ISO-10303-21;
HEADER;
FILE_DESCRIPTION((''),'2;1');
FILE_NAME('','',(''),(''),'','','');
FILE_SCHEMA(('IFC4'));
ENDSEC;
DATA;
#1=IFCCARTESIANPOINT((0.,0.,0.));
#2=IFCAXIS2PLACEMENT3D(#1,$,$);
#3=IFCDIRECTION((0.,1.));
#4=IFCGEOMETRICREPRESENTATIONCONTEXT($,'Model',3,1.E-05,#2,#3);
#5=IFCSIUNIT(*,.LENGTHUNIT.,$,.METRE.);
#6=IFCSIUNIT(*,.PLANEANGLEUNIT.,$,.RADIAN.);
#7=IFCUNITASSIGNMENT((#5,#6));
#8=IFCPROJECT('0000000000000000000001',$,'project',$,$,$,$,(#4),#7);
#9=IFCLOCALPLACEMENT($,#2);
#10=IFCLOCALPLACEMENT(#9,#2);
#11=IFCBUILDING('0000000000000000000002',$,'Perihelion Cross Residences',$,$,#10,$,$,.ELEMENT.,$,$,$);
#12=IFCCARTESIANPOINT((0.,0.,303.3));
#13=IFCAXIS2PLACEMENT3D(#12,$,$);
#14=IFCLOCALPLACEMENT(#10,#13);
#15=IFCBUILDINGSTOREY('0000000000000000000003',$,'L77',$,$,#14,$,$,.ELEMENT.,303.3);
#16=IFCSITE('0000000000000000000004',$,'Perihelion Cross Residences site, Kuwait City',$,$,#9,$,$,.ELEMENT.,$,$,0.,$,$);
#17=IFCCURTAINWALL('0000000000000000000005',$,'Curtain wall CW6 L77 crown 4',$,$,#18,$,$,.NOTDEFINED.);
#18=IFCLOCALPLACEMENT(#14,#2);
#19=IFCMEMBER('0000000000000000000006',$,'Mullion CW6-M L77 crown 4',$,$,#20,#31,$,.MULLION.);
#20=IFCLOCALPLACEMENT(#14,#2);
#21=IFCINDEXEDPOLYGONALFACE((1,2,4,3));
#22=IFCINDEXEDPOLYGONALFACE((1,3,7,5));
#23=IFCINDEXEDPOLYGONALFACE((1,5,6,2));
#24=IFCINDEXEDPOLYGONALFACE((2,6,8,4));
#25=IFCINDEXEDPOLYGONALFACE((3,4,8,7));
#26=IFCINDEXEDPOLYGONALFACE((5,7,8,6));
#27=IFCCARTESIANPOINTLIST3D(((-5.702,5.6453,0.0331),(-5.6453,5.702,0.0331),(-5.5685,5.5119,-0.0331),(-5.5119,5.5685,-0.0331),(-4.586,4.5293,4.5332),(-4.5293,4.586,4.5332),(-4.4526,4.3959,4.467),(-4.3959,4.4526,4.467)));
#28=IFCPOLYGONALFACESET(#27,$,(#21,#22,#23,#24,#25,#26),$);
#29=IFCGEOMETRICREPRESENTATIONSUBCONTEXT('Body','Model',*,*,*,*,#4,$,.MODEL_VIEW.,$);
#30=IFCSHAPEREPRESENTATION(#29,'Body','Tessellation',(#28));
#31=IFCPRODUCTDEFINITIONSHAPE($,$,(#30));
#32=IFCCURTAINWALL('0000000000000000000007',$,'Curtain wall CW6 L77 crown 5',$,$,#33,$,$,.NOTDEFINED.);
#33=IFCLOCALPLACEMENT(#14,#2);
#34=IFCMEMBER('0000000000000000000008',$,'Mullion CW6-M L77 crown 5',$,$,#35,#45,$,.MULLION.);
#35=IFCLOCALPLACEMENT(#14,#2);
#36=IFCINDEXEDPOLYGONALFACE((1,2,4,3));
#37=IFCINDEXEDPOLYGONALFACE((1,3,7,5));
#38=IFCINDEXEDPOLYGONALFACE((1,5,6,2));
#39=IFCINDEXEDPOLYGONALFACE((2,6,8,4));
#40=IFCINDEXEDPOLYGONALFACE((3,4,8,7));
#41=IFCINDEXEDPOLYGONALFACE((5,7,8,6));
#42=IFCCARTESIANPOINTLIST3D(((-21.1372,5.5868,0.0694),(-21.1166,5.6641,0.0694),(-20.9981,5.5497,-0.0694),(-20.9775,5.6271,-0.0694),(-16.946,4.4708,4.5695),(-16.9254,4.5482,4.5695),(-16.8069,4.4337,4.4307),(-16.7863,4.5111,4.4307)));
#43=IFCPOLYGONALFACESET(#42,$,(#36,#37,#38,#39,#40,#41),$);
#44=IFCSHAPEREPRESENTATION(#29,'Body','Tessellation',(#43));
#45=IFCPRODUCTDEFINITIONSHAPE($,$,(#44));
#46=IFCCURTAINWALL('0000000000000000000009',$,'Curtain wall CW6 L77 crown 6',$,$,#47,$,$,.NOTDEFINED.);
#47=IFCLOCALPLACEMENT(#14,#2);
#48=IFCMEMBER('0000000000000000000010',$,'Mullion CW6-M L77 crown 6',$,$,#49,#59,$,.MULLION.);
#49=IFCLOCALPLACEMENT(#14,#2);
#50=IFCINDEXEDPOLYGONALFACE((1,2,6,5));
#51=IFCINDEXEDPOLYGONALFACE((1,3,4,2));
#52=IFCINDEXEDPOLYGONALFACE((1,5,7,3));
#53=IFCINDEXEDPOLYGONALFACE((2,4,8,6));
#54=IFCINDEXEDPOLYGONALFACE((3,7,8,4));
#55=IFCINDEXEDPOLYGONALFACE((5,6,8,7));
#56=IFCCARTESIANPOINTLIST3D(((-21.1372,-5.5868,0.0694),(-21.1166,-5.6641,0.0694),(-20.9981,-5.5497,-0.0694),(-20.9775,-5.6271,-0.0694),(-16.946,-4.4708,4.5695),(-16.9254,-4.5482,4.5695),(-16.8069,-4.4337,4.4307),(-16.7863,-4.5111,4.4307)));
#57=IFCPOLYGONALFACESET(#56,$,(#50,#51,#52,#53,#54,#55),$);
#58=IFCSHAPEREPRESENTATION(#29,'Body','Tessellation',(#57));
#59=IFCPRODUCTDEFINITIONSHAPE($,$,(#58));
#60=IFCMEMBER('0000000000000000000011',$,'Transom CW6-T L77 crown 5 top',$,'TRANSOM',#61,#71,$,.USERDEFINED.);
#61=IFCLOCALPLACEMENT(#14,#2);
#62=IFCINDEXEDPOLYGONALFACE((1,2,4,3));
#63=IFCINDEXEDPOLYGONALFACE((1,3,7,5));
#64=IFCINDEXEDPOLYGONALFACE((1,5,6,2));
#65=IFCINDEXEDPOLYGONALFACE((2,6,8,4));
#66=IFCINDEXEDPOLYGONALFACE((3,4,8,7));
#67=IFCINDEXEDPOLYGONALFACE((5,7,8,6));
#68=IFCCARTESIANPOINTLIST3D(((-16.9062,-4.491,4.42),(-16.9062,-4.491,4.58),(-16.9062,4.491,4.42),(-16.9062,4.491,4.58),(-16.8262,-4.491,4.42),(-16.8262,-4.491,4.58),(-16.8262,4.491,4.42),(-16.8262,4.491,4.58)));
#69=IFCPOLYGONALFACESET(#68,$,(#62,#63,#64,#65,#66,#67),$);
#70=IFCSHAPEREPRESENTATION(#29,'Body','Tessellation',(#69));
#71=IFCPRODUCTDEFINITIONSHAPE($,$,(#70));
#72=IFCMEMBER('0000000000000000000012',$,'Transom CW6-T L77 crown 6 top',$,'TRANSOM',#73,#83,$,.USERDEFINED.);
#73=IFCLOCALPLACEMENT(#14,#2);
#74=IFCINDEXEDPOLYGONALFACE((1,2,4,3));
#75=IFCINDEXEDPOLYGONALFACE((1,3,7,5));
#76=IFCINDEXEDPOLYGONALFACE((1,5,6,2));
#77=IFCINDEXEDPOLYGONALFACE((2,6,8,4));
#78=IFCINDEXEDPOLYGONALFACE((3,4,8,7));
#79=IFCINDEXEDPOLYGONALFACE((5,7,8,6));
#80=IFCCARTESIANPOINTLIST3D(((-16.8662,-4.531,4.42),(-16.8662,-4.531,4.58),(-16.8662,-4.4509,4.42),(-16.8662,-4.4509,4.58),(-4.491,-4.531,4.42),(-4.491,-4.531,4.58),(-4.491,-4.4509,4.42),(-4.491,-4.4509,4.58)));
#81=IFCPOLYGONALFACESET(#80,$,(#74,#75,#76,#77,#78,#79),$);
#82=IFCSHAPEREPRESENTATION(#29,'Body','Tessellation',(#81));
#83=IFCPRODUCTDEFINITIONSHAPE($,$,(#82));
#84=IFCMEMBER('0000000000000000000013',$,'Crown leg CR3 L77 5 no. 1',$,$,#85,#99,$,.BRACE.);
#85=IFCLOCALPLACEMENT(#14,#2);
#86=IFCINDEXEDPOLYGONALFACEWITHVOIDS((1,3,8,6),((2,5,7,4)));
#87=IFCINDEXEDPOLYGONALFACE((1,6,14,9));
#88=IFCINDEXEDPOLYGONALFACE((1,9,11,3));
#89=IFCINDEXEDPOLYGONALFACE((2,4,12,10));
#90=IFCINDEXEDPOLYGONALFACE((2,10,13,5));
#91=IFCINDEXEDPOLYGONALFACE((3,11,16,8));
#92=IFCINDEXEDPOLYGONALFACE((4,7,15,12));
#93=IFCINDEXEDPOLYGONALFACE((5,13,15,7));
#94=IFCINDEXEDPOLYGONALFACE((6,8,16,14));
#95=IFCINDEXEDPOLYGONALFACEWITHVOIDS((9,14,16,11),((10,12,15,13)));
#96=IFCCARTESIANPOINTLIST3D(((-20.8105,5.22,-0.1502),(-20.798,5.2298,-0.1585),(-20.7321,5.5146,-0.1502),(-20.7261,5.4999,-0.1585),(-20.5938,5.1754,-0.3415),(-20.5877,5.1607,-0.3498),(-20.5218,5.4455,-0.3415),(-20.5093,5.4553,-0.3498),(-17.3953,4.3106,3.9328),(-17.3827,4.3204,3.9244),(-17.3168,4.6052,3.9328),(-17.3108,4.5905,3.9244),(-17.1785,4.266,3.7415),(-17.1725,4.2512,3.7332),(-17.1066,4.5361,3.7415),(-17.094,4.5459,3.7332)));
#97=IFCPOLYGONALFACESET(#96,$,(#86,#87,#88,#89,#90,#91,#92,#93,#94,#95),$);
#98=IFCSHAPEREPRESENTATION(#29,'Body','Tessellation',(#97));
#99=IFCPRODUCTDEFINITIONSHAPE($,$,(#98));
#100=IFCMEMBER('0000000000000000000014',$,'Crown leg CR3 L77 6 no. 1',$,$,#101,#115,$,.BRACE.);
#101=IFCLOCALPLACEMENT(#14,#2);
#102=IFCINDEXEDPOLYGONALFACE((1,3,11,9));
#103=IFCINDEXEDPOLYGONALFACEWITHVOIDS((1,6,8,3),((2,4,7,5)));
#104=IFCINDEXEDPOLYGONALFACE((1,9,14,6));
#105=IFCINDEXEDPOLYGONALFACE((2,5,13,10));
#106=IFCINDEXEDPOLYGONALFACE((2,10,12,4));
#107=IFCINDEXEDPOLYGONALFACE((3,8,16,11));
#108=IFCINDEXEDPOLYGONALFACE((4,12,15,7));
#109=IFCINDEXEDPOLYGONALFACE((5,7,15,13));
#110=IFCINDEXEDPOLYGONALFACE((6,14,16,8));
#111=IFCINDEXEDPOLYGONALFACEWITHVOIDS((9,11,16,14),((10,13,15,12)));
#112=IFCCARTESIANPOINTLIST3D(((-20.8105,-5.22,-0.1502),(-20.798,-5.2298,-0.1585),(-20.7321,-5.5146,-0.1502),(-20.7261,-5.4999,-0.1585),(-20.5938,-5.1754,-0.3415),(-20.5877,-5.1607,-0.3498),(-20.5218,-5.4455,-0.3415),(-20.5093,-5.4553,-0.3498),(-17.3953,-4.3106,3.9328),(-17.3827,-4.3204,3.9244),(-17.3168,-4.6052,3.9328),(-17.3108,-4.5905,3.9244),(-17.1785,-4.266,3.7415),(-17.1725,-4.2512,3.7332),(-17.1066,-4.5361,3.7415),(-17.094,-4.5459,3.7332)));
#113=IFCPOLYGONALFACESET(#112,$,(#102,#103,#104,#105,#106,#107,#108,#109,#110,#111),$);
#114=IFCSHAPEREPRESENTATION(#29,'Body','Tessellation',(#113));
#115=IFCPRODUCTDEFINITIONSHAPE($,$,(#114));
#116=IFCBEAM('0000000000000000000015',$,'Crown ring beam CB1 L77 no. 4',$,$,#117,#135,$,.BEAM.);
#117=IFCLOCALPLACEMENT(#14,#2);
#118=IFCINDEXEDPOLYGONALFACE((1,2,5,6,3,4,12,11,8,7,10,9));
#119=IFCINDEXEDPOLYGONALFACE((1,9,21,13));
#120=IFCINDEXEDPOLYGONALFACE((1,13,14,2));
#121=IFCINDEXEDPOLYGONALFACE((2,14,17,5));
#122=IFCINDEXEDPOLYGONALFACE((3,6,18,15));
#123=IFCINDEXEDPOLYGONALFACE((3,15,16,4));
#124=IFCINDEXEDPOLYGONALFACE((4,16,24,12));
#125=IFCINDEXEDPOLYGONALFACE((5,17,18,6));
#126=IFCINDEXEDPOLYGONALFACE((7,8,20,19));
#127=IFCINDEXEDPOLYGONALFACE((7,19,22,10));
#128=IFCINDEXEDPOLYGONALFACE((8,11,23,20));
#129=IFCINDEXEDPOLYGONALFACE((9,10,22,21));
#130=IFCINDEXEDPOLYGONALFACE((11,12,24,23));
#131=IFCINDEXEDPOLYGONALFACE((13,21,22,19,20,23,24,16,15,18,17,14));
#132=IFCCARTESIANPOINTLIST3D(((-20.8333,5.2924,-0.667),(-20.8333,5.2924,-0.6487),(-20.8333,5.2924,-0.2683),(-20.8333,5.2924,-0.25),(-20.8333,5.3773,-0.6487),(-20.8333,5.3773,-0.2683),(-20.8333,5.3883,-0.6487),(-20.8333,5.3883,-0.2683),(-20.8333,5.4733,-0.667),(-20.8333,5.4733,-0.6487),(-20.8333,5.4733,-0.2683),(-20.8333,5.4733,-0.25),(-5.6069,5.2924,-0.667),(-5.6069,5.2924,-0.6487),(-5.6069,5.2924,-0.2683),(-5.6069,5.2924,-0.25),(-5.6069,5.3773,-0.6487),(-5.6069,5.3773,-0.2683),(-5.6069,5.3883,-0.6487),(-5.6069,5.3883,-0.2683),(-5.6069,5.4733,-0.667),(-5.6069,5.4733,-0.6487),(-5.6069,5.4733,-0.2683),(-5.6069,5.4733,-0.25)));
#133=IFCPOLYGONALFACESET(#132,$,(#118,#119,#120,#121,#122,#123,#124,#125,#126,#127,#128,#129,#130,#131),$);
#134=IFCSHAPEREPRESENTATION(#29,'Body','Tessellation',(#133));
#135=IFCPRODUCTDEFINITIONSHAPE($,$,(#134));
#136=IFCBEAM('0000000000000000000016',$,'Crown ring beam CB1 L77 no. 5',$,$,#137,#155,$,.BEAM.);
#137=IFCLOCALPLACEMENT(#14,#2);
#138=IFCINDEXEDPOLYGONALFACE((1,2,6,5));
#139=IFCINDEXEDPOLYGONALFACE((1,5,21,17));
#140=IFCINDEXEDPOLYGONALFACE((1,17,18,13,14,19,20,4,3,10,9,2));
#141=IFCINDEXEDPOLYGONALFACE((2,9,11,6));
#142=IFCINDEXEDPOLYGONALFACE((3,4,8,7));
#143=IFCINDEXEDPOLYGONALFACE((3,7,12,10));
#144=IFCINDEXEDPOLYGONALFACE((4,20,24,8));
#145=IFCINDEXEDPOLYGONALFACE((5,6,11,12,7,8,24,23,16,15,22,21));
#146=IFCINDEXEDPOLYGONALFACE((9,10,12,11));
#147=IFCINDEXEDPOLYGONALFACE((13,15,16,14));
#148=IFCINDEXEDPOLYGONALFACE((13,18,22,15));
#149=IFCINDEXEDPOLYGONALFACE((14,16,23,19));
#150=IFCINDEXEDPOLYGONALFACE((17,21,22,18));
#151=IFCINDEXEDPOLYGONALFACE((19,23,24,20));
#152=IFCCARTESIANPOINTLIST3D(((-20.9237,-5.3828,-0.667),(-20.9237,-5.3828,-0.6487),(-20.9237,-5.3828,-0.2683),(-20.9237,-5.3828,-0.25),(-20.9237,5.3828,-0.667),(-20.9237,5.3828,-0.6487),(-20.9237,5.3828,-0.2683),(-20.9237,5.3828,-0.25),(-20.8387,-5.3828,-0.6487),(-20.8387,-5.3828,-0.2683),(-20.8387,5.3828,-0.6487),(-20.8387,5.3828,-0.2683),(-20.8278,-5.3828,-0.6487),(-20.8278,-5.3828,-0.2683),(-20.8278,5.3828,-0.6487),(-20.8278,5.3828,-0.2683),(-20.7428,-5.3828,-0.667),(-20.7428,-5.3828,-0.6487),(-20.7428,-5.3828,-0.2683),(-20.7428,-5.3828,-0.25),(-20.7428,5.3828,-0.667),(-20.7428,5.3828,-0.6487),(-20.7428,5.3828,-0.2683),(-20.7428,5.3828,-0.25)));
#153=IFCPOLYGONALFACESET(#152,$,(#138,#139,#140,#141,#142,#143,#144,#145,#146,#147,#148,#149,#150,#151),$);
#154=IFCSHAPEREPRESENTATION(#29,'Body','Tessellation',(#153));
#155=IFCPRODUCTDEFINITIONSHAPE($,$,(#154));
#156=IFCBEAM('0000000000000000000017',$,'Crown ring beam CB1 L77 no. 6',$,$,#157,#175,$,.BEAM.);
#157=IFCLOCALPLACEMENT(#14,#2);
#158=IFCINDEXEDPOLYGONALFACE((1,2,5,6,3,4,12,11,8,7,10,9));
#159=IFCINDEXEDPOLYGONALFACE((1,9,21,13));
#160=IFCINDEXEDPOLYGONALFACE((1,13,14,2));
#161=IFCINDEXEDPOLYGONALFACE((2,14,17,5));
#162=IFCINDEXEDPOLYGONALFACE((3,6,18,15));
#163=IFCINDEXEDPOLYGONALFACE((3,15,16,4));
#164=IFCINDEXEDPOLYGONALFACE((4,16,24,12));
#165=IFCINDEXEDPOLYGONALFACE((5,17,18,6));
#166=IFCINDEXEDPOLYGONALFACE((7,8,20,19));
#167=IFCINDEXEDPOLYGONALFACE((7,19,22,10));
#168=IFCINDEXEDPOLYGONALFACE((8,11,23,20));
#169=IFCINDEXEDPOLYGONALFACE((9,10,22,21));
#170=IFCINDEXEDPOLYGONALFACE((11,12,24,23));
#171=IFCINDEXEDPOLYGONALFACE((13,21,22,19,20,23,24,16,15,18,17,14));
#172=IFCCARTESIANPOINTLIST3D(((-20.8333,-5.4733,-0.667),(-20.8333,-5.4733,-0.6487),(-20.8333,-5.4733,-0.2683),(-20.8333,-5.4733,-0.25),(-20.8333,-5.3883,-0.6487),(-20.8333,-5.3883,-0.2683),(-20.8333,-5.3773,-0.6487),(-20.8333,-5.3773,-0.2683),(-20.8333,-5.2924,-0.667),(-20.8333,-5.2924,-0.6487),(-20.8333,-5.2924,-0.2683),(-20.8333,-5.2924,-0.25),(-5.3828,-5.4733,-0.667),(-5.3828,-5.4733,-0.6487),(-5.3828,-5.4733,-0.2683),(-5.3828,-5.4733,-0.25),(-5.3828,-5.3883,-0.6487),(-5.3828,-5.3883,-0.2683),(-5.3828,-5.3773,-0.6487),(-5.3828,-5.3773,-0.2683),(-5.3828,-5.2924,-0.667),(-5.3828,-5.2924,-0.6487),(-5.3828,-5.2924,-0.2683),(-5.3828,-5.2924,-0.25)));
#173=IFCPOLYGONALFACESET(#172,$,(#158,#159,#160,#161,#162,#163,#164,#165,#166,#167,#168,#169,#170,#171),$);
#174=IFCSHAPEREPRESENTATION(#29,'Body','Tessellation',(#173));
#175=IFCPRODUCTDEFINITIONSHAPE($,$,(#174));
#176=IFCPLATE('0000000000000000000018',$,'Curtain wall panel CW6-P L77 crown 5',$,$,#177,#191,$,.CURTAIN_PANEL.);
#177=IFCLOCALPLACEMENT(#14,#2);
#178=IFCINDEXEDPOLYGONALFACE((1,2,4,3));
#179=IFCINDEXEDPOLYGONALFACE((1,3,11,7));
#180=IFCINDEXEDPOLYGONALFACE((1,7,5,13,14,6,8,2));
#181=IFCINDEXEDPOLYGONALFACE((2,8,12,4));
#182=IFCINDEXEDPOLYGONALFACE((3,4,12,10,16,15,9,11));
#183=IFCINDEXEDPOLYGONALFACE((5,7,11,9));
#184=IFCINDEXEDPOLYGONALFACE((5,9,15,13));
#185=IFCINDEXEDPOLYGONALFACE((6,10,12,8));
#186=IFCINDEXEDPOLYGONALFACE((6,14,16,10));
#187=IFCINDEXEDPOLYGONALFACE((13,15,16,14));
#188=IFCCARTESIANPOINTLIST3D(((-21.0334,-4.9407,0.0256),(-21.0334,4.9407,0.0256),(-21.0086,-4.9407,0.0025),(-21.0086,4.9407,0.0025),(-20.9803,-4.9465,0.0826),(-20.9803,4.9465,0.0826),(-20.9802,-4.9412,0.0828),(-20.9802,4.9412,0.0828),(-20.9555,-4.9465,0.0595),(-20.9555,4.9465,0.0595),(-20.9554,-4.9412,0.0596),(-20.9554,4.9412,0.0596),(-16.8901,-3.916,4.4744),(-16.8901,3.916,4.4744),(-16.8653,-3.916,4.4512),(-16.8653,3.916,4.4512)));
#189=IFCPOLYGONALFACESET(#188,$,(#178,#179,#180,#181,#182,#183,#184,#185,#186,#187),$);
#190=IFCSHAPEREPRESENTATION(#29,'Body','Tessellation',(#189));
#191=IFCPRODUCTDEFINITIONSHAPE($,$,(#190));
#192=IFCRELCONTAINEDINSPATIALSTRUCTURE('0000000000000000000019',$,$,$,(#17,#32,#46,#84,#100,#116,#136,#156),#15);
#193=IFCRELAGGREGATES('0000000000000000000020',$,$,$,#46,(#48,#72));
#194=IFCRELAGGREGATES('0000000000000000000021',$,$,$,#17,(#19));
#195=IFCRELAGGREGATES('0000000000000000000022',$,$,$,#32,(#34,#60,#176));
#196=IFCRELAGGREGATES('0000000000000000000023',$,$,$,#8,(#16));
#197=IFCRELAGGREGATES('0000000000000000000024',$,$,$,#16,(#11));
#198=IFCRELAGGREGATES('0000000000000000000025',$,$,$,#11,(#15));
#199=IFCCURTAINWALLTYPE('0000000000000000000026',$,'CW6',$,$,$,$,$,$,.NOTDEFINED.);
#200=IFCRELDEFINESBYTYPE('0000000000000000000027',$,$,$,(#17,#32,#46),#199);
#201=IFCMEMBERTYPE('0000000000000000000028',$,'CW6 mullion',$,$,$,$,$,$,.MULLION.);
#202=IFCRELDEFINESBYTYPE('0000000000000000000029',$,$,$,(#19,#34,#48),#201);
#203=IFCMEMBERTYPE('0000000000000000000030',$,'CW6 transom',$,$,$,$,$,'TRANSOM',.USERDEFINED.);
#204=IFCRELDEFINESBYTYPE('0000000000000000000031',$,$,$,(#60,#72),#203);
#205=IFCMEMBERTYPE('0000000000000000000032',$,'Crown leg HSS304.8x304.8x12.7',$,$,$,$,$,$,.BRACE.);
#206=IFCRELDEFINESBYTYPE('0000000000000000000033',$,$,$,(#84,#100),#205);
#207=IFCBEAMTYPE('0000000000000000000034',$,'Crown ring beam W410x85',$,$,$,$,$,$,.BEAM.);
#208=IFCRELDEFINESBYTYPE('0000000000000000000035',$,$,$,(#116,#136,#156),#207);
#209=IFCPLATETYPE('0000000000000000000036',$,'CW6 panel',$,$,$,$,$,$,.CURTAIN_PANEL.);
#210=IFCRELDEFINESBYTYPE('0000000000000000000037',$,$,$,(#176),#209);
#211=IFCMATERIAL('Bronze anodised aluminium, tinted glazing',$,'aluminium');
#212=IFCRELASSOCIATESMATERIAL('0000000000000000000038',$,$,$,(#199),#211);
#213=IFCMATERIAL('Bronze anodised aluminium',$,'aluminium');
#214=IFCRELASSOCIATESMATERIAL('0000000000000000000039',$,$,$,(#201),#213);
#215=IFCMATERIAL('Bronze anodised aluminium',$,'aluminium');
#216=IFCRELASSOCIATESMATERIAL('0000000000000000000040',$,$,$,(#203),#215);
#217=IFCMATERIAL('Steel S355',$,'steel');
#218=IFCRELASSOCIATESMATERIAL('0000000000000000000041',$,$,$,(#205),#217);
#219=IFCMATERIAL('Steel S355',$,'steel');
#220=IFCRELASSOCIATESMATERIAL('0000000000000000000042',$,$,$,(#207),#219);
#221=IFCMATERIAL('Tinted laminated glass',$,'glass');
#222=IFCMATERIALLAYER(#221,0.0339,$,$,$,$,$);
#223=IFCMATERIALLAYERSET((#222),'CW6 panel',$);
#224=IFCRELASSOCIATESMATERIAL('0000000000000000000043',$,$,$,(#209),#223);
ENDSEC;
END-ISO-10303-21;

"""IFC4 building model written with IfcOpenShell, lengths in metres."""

from ifc_helpers import new_model, si_unit, direction, frame, origin, origin_2d, place, context, subcontext, project, spatial, polyline, rectangle, hollow_rectangle, i_section, outline, extrude, material, layer, layer_set, material_profile, profile_set, type_object, element, aggregate, save


model = new_model("IFC4")

# Units and contexts
model_context = context("Model", 3, precision=1e-05, world=origin(), true_north=direction((0.0, 1.0)))
body_context = subcontext(model_context, "Body", "Model", "MODEL_VIEW")
ifc_project = project(units=[si_unit("LENGTHUNIT", "METRE"), si_unit("PLANEANGLEUNIT", "RADIAN")], contexts=[model_context])

# Site, building, storey
site_placement = place(None, origin())
site = spatial("IfcSite", under=ifc_project, at=site_placement, Name="Perihelion Cross Residences site, Kuwait City", CompositionType="ELEMENT", RefElevation=0.0)
building_placement = place(site_placement, origin())
building = spatial("IfcBuilding", under=site, at=building_placement, Name="Perihelion Cross Residences", CompositionType="ELEMENT")
storey_placement = place(building_placement, frame((0.0, 0.0, 303.3)))
storey = spatial("IfcBuildingStorey", under=building, at=storey_placement, Name="L77", CompositionType="ELEMENT", Elevation=303.3)

# Curtain walls, members
ifc_material_1 = material(Name="Bronze anodised aluminium, tinted glazing", Category="aluminium")
curtain_wall_type = type_object("IfcCurtainWallType", Name="CW6", PredefinedType="NOTDEFINED", material=ifc_material_1)
curtain_wall_1_placement = place(storey_placement, origin())
curtain_wall_1 = element("IfcCurtainWall", 1, at=curtain_wall_1_placement, inside=storey, type_object=curtain_wall_type, Name="Curtain wall CW6 L77 crown 4", PredefinedType="NOTDEFINED")
ifc_material_2 = material(Name="Bronze anodised aluminium", Category="aluminium")
ifc_material_profile_1 = material_profile(ifc_material_2, rectangle(XDim=0.0801, YDim=0.2, at=origin_2d()), Name="CW6 mullion")
ifc_profile_set_1 = profile_set([ifc_material_profile_1], Name="Bronze anodised aluminium")
member_type_1 = type_object("IfcMemberType", Name="CW6 mullion", PredefinedType="MULLION", material=ifc_profile_set_1)
member_1_placement = place(storey_placement, frame((-5.6069, 5.6069, 0.0), z_axis=(0.234018, -0.234018, 0.943648), x_axis=(0.707107, 0.707107, 0.0)))
member_1 = element("IfcMember", 2, at=member_1_placement, type_object=member_type_1, Name="Mullion CW6-M L77 crown 4", PredefinedType="MULLION", context=body_context, shape_type="SweptSolid", body=[
    extrude(rectangle(XDim=0.0801, YDim=0.2, at=origin_2d()), origin(), (0.0, 0.0, 1.0), 4.7688),
])
curtain_wall_2_placement = place(storey_placement, origin())
curtain_wall_2 = element("IfcCurtainWall", 3, at=curtain_wall_2_placement, inside=storey, type_object=curtain_wall_type, Name="Curtain wall CW6 L77 crown 5", PredefinedType="NOTDEFINED")
member_2_placement = place(storey_placement, frame((-21.0574, 5.6069, 0.0), z_axis=(0.670597, -0.178558, 0.720012), x_axis=(0.257302, 0.966331, 0.0)))
member_2 = element("IfcMember", 4, at=member_2_placement, type_object=member_type_1, Name="Mullion CW6-M L77 crown 5", PredefinedType="MULLION", context=body_context, shape_type="SweptSolid", body=[
    extrude(rectangle(XDim=0.0801, YDim=0.2, at=origin_2d()), origin(), (0.0, 0.0, 1.0), 6.25),
])
curtain_wall_3_placement = place(storey_placement, origin())
curtain_wall_3 = element("IfcCurtainWall", 5, at=curtain_wall_3_placement, inside=storey, type_object=curtain_wall_type, Name="Curtain wall CW6 L77 crown 6", PredefinedType="NOTDEFINED")
member_3_placement = place(storey_placement, frame((-21.0574, -5.6069, 0.0), z_axis=(0.670597, 0.178558, 0.720012), x_axis=(-0.257302, 0.966331, 0.0)))
member_3 = element("IfcMember", 6, at=member_3_placement, type_object=member_type_1, Name="Mullion CW6-M L77 crown 6", PredefinedType="MULLION", context=body_context, shape_type="SweptSolid", body=[
    extrude(rectangle(XDim=0.0801, YDim=0.2, at=origin_2d()), origin(), (0.0, 0.0, 1.0), 6.25),
])

# Members
ifc_material_3 = material(Name="Bronze anodised aluminium", Category="aluminium")
ifc_material_profile_2 = material_profile(ifc_material_3, rectangle(XDim=0.0801, YDim=0.1599, at=origin_2d()), Name="CW6 transom")
ifc_profile_set_2 = profile_set([ifc_material_profile_2], Name="Bronze anodised aluminium")
member_type_2 = type_object("IfcMemberType", Name="CW6 transom", ElementType="TRANSOM", PredefinedType="USERDEFINED", material=ifc_profile_set_2)
member_4_placement = place(storey_placement, frame((-16.8662, 4.491, 4.5), z_axis=(0.0, -1.0, 0.0), x_axis=(1.0, 0.0, 0.0)))
member_4 = element("IfcMember", 7, at=member_4_placement, type_object=member_type_2, Name="Transom CW6-T L77 crown 5 top", ObjectType="TRANSOM", PredefinedType="USERDEFINED", context=body_context, shape_type="SweptSolid", body=[
    extrude(rectangle(XDim=0.0801, YDim=0.1599, at=origin_2d()), origin(), (0.0, 0.0, 1.0), 8.9819),
])
member_5_placement = place(storey_placement, frame((-16.8662, -4.491, 4.5), z_axis=(1.0, 0.0, 0.0), x_axis=(0.0, 1.0, 0.0)))
member_5 = element("IfcMember", 8, at=member_5_placement, type_object=member_type_2, Name="Transom CW6-T L77 crown 6 top", ObjectType="TRANSOM", PredefinedType="USERDEFINED", context=body_context, shape_type="SweptSolid", body=[
    extrude(rectangle(XDim=0.0801, YDim=0.1599, at=origin_2d()), origin(), (0.0, 0.0, 1.0), 12.3752),
])
aggregate(curtain_wall_3, [member_3, member_5])

# Members
ifc_material_4 = material(Name="Steel S355", Category="steel")
ifc_material_profile_3 = material_profile(ifc_material_4, hollow_rectangle(XDim=0.3049, YDim=0.3049, WallThickness=0.0127, at=origin_2d()), Name="HSS304.8x304.8x12.7")
ifc_profile_set_3 = profile_set([ifc_material_profile_3], Name="Steel S355")
member_type_3 = type_object("IfcMemberType", Name="Crown leg HSS304.8x304.8x12.7", PredefinedType="BRACE", material=ifc_profile_set_3)
for number, where, z_axis, x_axis, name in (
    (9, (-20.6599, 5.3376, -0.25), (0.632436, -0.168406, 0.756085), (0.257314, 0.966328, 0.0), "Crown leg CR3 L77 5 no. 1"),
    (10, (-20.6599, -5.3376, -0.25), (0.632436, 0.168406, 0.756085), (-0.257314, 0.966328, 0.0), "Crown leg CR3 L77 6 no. 1"),
):
    element("IfcMember", number, at=place(storey_placement, frame(where, z_axis=z_axis, x_axis=x_axis)), inside=storey, type_object=member_type_3, Name=name, PredefinedType="BRACE", context=body_context, shape_type="SweptSolid", body=[
        extrude(hollow_rectangle(XDim=0.3049, YDim=0.3049, WallThickness=0.0127, at=origin_2d()), origin(), (0.0, 0.0, 1.0), 5.4001),
    ])

# Beams
ifc_material_5 = material(Name="Steel S355", Category="steel")
ifc_material_profile_4 = material_profile(ifc_material_5, i_section(OverallWidth=0.1809, OverallDepth=0.417, WebThickness=0.011, FlangeThickness=0.0183, at=origin_2d()), Name="W410x85")
ifc_profile_set_4 = profile_set([ifc_material_profile_4], Name="Steel S355")
beam_type = type_object("IfcBeamType", Name="Crown ring beam W410x85", PredefinedType="BEAM", material=ifc_profile_set_4)
beam_1_placement = place(storey_placement, frame((-5.6069, 5.3828, -0.4585), z_axis=(-1.0, 0.0, 0.0), x_axis=(0.0, -1.0, 0.0)))
element("IfcBeam", 11, at=beam_1_placement, inside=storey, type_object=beam_type, Name="Crown ring beam CB1 L77 no. 4", PredefinedType="BEAM", context=body_context, shape_type="SweptSolid", body=[
    extrude(i_section(OverallWidth=0.1809, OverallDepth=0.417, WebThickness=0.011, FlangeThickness=0.0183, at=origin_2d()), origin(), (0.0, 0.0, 1.0), 15.2263),
])
beam_2_placement = place(storey_placement, frame((-20.8333, 5.3828, -0.4585), z_axis=(0.0, -1.0, 0.0), x_axis=(1.0, 0.0, 0.0)))
element("IfcBeam", 12, at=beam_2_placement, inside=storey, type_object=beam_type, Name="Crown ring beam CB1 L77 no. 5", PredefinedType="BEAM", context=body_context, shape_type="SweptSolid", body=[
    extrude(i_section(OverallWidth=0.1809, OverallDepth=0.417, WebThickness=0.011, FlangeThickness=0.0183, at=origin_2d()), origin(), (0.0, 0.0, 1.0), 10.7656),
])
beam_3_placement = place(storey_placement, frame((-20.8333, -5.3828, -0.4585), z_axis=(1.0, 0.0, 0.0), x_axis=(0.0, 1.0, 0.0)))
element("IfcBeam", 13, at=beam_3_placement, inside=storey, type_object=beam_type, Name="Crown ring beam CB1 L77 no. 6", PredefinedType="BEAM", context=body_context, shape_type="SweptSolid", body=[
    extrude(i_section(OverallWidth=0.1809, OverallDepth=0.417, WebThickness=0.011, FlangeThickness=0.0183, at=origin_2d()), origin(), (0.0, 0.0, 1.0), 15.4504),
])

# Plate
ifc_material_6 = material(Name="Tinted laminated glass", Category="glass")
ifc_layer_1 = layer(ifc_material_6, 0.0339)
ifc_layer_set_1 = layer_set([ifc_layer_1], Name="CW6 panel")
plate_type = type_object("IfcPlateType", Name="CW6 panel", PredefinedType="CURTAIN_PANEL", material=ifc_layer_set_1)
aggregate(curtain_wall_1, [member_1])
plate_1_placement = place(storey_placement, frame((-16.8901, -3.916, 4.4744), z_axis=(-0.731782, 0.0, 0.681539), x_axis=(-0.671708, -0.169236, -0.721227)))
plate_1 = element("IfcPlate", 14, at=plate_1_placement, type_object=plate_type, Name="Curtain wall panel CW6-P L77 crown 5", PredefinedType="CURTAIN_PANEL", context=body_context, shape_type="SweptSolid", body=[
    extrude(outline(polyline([(0.0, 0.0), (6.0892, 0.0), (6.0882, -0.0053), (6.165, -0.019), (4.4928, -9.7578), (4.4157, -9.745), (4.415, -9.7504), (-1.3255, -7.7191), (0.0, 0.0)])), origin(), (0.0, 0.0, -1.0), 0.0339),
])
aggregate(curtain_wall_2, [member_2, member_4, plate_1])

save(model, "model.ifc")
